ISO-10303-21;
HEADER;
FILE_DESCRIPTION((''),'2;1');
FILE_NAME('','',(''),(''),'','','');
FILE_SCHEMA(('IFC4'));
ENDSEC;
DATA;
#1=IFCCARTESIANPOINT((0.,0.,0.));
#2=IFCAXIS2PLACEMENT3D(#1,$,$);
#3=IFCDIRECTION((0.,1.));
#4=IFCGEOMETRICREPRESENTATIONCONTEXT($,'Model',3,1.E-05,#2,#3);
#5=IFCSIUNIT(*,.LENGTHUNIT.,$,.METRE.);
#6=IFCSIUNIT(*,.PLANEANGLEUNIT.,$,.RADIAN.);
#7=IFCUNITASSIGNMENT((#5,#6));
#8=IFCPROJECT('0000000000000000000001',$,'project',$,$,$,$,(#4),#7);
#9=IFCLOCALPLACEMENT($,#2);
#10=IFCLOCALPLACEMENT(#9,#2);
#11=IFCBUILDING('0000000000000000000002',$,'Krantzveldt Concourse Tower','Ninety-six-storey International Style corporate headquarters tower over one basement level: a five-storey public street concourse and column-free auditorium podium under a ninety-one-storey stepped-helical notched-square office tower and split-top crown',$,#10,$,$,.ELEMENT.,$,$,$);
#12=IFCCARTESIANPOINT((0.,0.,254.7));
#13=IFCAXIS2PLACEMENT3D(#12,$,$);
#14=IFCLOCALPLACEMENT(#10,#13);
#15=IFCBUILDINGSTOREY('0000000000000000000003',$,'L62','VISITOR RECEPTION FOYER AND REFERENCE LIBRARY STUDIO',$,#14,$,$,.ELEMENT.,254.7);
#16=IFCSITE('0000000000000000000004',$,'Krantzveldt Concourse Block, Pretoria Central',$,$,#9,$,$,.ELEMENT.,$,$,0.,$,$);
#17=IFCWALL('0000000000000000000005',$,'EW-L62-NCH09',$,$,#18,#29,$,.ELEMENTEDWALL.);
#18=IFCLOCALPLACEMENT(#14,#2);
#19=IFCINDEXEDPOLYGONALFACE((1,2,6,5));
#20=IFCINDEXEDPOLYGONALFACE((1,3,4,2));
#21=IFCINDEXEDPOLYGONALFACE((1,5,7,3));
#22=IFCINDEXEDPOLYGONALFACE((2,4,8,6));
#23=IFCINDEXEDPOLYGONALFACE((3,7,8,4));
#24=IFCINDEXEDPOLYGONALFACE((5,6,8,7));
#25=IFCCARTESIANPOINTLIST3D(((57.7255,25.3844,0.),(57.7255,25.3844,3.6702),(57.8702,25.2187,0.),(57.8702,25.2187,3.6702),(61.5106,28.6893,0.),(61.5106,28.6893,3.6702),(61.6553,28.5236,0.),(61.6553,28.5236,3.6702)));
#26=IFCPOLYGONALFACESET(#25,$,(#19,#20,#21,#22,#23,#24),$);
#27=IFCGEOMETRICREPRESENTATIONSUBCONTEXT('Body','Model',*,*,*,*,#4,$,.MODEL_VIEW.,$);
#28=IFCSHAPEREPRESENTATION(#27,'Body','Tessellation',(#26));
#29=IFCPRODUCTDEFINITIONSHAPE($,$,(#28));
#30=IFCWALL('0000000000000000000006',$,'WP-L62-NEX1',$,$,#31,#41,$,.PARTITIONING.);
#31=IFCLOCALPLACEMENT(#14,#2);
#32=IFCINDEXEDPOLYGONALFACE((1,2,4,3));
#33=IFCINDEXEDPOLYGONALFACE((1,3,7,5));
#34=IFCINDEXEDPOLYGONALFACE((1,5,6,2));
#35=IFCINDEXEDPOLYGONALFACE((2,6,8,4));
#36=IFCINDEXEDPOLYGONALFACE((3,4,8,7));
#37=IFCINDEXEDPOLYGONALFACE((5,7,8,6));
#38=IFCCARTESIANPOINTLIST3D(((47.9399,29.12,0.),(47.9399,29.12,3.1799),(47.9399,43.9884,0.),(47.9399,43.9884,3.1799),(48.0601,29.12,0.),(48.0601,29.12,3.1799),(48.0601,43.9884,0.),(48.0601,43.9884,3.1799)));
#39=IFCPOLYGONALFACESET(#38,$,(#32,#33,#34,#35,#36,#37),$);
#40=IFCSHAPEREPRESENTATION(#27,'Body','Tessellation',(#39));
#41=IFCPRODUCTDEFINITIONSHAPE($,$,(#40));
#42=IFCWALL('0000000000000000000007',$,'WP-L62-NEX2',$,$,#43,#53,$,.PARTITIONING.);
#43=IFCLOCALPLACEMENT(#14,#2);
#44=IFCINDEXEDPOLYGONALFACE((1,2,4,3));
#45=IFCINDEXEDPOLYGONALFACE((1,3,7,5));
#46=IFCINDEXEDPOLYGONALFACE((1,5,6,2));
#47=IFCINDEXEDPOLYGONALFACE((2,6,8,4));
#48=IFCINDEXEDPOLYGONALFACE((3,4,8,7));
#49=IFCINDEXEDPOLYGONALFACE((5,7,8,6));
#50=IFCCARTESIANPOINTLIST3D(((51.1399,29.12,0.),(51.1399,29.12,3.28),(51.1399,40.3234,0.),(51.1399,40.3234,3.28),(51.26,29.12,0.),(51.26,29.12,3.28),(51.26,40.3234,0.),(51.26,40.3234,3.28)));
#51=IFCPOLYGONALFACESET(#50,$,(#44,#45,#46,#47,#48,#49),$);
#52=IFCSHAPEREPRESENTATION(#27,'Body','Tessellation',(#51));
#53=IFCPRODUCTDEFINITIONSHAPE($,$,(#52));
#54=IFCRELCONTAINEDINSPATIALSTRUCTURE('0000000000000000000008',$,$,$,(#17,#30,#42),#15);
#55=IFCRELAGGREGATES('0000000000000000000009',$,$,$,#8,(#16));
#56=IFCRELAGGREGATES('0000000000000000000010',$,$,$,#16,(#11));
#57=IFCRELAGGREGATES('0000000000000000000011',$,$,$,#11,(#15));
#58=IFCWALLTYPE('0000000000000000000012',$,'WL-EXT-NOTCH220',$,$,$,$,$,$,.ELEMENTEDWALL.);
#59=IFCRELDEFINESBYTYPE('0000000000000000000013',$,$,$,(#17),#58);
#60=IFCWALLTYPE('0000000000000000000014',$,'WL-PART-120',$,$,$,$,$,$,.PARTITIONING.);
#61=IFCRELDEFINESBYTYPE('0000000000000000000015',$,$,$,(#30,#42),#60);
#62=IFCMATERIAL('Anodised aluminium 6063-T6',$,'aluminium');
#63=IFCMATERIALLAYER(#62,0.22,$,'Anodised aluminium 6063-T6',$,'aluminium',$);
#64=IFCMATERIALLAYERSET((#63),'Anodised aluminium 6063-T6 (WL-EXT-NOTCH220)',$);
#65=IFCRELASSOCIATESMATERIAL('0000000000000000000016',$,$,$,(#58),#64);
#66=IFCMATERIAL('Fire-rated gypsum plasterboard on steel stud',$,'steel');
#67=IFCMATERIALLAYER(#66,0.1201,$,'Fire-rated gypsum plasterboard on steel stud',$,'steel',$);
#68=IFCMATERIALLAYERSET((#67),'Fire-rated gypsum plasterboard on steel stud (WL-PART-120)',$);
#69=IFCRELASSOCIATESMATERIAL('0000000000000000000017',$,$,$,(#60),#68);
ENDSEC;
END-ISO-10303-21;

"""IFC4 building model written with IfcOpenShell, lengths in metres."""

from ifc_helpers import new_model, si_unit, direction, frame, frame_2d, origin, place, context, subcontext, project, spatial, rectangle, extrude, material, layer, layer_set, type_object, element, save


model = new_model("IFC4")

# Units and contexts
model_context = context("Model", 3, precision=1e-05, world=origin(), true_north=direction((0.0, 1.0)))
body_context = subcontext(model_context, "Body", "Model", "MODEL_VIEW")
ifc_project = project(units=[si_unit("LENGTHUNIT", "METRE"), si_unit("PLANEANGLEUNIT", "RADIAN")], contexts=[model_context])

# Site, building, storey
site_placement = place(None, origin())
site = spatial("IfcSite", under=ifc_project, at=site_placement, Name="Krantzveldt Concourse Block, Pretoria Central", CompositionType="ELEMENT", RefElevation=0.0)
building_placement = place(site_placement, origin())
building = spatial("IfcBuilding", under=site, at=building_placement, Name="Krantzveldt Concourse Tower", Description="Ninety-six-storey International Style corporate headquarters tower over one basement level: a five-storey public street concourse and column-free auditorium podium under a ninety-one-storey stepped-helical notched-square office tower and split-top crown", CompositionType="ELEMENT")
storey_placement = place(building_placement, frame((0.0, 0.0, 254.7)))
storey = spatial("IfcBuildingStorey", under=building, at=storey_placement, Name="L62", Description="VISITOR RECEPTION FOYER AND REFERENCE LIBRARY STUDIO", CompositionType="ELEMENT", Elevation=254.7)

# Shared definitions
ifc_material_1 = material(Name="Anodised aluminium 6063-T6", Category="aluminium")

# Walls
ifc_layer_1 = layer(ifc_material_1, 0.22, Name="Anodised aluminium 6063-T6", Category="aluminium")
ifc_layer_set_1 = layer_set([ifc_layer_1], Name="Anodised aluminium 6063-T6 (WL-EXT-NOTCH220)")
wall_type_1 = type_object("IfcWallType", Name="WL-EXT-NOTCH220", PredefinedType="ELEMENTEDWALL", material=ifc_layer_set_1)
wall_1_placement = place(storey_placement, frame((57.7979, 25.3015, 0.0), z_axis=(0.0, 0.0, 1.0), x_axis=(0.753275, 0.657706, 0.0)))
element("IfcWall", 1, at=wall_1_placement, inside=storey, type_object=wall_type_1, Name="EW-L62-NCH09", PredefinedType="ELEMENTEDWALL", context=body_context, shape_type="SweptSolid", body=[
    extrude(rectangle(XDim=5.0249, YDim=0.22, at=frame_2d((2.5125, 0.0))), origin(), (0.0, 0.0, 1.0), 3.6702),
])
ifc_material_2 = material(Name="Fire-rated gypsum plasterboard on steel stud", Category="steel")
ifc_layer_2 = layer(ifc_material_2, 0.1201, Name="Fire-rated gypsum plasterboard on steel stud", Category="steel")
ifc_layer_set_2 = layer_set([ifc_layer_2], Name="Fire-rated gypsum plasterboard on steel stud (WL-PART-120)")
wall_type_2 = type_object("IfcWallType", Name="WL-PART-120", PredefinedType="PARTITIONING", material=ifc_layer_set_2)
wall_2_placement = place(storey_placement, frame((48.0, 29.1201, 0.0), z_axis=(0.0, 0.0, 1.0), x_axis=(0.0, 1.0, 0.0)))
element("IfcWall", 2, at=wall_2_placement, inside=storey, type_object=wall_type_2, Name="WP-L62-NEX1", PredefinedType="PARTITIONING", context=body_context, shape_type="SweptSolid", body=[
    extrude(rectangle(XDim=14.8684, YDim=0.1201, at=frame_2d((7.4341, 0.0))), origin(), (0.0, 0.0, 1.0), 3.1799),
])
wall_3_placement = place(storey_placement, frame((51.2, 29.1201, 0.0), z_axis=(0.0, 0.0, 1.0), x_axis=(0.0, 1.0, 0.0)))
element("IfcWall", 3, at=wall_3_placement, inside=storey, type_object=wall_type_2, Name="WP-L62-NEX2", PredefinedType="PARTITIONING", context=body_context, shape_type="SweptSolid", body=[
    extrude(rectangle(XDim=11.2034, YDim=0.1201, at=frame_2d((5.6016, 0.0))), origin(), (0.0, 0.0, 1.0), 3.28),
])

save(model, "model.ifc")
